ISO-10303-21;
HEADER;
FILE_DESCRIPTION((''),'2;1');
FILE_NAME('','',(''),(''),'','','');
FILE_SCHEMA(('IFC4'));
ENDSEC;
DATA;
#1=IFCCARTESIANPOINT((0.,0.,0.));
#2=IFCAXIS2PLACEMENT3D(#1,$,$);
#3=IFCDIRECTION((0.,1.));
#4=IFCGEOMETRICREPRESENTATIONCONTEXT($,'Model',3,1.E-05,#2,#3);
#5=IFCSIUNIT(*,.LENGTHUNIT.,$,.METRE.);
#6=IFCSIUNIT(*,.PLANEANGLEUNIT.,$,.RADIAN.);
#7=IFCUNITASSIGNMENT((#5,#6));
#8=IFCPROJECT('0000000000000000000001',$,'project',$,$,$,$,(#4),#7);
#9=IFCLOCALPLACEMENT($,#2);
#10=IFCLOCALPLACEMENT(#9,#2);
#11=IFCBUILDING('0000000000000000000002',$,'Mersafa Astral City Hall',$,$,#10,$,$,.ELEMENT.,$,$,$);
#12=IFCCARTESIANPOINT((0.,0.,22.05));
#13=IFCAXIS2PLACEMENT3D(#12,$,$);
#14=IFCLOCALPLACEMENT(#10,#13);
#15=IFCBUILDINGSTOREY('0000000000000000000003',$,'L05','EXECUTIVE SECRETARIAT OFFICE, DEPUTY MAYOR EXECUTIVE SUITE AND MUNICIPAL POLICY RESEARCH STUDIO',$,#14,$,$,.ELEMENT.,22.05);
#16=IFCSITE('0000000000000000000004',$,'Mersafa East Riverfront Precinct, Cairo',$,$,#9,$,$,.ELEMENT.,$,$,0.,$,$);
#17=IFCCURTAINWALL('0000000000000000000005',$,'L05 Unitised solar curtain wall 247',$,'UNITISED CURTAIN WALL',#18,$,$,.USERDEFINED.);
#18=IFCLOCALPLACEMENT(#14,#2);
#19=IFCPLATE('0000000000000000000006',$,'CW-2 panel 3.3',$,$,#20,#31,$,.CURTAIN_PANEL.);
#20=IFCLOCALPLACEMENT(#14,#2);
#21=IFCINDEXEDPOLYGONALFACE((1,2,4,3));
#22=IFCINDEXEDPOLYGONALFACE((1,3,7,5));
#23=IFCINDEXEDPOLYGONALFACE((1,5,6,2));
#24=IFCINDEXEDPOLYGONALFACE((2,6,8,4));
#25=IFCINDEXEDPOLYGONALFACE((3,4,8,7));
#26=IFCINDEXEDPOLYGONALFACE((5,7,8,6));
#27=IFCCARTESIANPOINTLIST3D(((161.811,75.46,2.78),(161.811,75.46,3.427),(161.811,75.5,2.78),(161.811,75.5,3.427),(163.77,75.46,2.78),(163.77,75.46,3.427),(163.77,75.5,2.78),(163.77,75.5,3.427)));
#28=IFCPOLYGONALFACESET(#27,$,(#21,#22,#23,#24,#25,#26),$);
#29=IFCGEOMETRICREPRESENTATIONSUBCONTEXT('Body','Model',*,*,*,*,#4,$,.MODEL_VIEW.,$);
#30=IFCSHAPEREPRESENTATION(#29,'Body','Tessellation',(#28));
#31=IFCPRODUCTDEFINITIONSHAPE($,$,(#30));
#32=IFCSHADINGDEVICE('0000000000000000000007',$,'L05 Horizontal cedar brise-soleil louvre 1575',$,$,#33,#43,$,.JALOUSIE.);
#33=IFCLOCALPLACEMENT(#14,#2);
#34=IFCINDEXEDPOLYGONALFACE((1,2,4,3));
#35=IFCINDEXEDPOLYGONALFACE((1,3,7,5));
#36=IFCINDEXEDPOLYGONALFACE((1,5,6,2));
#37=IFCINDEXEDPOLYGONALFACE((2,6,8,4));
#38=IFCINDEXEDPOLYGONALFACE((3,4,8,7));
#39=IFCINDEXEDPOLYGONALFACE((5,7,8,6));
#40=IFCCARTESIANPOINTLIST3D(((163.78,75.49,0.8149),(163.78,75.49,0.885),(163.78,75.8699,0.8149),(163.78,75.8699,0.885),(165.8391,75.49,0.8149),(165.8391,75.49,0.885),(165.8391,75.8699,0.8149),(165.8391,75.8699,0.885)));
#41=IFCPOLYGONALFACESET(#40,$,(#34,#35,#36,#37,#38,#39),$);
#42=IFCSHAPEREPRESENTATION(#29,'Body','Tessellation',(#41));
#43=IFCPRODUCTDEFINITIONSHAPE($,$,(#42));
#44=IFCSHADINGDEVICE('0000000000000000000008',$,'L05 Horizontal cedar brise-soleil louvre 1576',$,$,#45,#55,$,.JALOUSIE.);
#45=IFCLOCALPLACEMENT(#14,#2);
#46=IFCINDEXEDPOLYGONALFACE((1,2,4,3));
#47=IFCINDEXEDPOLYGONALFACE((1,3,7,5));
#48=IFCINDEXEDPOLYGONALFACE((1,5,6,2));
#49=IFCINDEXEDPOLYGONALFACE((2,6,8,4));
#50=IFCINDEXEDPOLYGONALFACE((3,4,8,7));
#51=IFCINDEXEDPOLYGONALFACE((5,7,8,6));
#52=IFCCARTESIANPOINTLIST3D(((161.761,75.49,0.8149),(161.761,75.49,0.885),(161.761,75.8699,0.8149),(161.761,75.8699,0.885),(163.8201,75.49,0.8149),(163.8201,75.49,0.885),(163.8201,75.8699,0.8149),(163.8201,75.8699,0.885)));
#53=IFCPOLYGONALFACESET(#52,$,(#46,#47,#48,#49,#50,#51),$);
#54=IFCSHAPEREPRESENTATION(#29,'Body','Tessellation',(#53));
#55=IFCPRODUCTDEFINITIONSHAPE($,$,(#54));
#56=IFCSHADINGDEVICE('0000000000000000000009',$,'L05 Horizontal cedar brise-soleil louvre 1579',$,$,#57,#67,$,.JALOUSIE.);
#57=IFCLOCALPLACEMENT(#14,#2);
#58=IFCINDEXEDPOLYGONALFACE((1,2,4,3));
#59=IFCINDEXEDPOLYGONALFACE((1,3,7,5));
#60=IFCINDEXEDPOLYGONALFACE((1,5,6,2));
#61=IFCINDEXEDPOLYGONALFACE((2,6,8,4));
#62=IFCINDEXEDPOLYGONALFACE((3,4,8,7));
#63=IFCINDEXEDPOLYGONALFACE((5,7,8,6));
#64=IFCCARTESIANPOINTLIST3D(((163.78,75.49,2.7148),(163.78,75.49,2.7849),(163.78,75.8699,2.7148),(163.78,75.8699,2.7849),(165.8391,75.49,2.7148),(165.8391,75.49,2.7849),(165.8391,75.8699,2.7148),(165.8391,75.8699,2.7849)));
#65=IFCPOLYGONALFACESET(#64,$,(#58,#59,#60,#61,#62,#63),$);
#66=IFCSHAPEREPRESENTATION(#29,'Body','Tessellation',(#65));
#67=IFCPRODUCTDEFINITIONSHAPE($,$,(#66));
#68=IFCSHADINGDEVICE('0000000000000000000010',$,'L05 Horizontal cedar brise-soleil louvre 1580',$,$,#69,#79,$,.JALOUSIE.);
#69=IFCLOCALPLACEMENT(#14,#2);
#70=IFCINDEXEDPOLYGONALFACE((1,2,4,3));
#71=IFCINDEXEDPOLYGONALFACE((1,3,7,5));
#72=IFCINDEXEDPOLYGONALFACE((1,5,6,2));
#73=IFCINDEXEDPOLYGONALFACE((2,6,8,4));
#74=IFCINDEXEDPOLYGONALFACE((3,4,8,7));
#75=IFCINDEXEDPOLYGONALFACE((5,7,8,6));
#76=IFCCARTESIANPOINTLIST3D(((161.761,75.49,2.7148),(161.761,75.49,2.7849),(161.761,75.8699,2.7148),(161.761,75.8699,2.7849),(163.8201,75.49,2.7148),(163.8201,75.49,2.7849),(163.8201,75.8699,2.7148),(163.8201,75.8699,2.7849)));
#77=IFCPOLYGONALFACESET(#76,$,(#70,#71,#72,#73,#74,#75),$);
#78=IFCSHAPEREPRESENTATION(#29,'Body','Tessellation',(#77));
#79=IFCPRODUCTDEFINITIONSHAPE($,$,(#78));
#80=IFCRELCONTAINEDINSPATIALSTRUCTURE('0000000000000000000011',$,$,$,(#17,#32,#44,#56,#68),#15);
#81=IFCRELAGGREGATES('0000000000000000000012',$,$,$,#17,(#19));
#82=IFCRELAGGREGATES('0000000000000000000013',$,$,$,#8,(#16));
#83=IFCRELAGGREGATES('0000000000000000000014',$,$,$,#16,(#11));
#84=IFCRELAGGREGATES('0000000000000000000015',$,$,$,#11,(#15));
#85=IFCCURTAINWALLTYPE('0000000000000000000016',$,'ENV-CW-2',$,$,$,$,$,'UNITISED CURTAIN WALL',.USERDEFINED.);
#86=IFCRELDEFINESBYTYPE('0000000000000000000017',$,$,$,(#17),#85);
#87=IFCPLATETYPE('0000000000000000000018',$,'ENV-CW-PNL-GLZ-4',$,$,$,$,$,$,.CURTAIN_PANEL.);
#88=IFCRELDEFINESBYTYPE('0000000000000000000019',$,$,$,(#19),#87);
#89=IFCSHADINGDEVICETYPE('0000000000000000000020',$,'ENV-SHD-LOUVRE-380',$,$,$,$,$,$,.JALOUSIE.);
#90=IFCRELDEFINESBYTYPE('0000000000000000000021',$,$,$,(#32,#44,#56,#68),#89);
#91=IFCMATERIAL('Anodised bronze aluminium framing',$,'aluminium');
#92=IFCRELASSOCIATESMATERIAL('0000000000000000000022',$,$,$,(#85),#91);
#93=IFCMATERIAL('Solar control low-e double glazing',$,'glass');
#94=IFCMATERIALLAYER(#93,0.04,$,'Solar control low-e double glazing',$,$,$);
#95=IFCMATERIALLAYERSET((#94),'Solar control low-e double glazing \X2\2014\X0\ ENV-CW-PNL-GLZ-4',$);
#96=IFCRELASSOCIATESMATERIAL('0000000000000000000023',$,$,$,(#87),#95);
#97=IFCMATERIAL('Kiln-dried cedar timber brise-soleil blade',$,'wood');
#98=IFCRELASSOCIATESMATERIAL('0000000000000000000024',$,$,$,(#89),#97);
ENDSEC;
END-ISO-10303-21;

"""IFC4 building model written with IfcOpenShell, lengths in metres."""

from ifc_helpers import new_model, si_unit, direction, frame, origin, origin_2d, place, context, subcontext, project, spatial, rectangle, extrude, material, layer, layer_set, type_object, element, aggregate, save


model = new_model("IFC4")

# Units and contexts
model_context = context("Model", 3, precision=1e-05, world=origin(), true_north=direction((0.0, 1.0)))
body_context = subcontext(model_context, "Body", "Model", "MODEL_VIEW")
ifc_project = project(units=[si_unit("LENGTHUNIT", "METRE"), si_unit("PLANEANGLEUNIT", "RADIAN")], contexts=[model_context])

# Site, building, storey
site_placement = place(None, origin())
site = spatial("IfcSite", under=ifc_project, at=site_placement, Name="Mersafa East Riverfront Precinct, Cairo", CompositionType="ELEMENT", RefElevation=0.0)
building_placement = place(site_placement, origin())
building = spatial("IfcBuilding", under=site, at=building_placement, Name="Mersafa Astral City Hall", CompositionType="ELEMENT")
storey_placement = place(building_placement, frame((0.0, 0.0, 22.05)))
storey = spatial("IfcBuildingStorey", under=building, at=storey_placement, Name="L05", Description="EXECUTIVE SECRETARIAT OFFICE, DEPUTY MAYOR EXECUTIVE SUITE AND MUNICIPAL POLICY RESEARCH STUDIO", CompositionType="ELEMENT", Elevation=22.05)

# Curtain wall
ifc_material_1 = material(Name="Anodised bronze aluminium framing", Category="aluminium")
curtain_wall_type = type_object("IfcCurtainWallType", Name="ENV-CW-2", ElementType="UNITISED CURTAIN WALL", PredefinedType="USERDEFINED", material=ifc_material_1)
curtain_wall_placement = place(storey_placement, origin())
curtain_wall = element("IfcCurtainWall", 1, at=curtain_wall_placement, inside=storey, type_object=curtain_wall_type, Name="L05 Unitised solar curtain wall 247", ObjectType="UNITISED CURTAIN WALL", PredefinedType="USERDEFINED")

# Plate
ifc_material_2 = material(Name="Solar control low-e double glazing", Category="glass")
ifc_layer = layer(ifc_material_2, 0.04, Name="Solar control low-e double glazing")
ifc_layer_set = layer_set([ifc_layer], Name="Solar control low-e double glazing — ENV-CW-PNL-GLZ-4")
plate_type = type_object("IfcPlateType", Name="ENV-CW-PNL-GLZ-4", PredefinedType="CURTAIN_PANEL", material=ifc_layer_set)
plate_1_placement = place(storey_placement, frame((162.7905, 75.48, 2.78), z_axis=(0.0, 0.0, 1.0), x_axis=(-1.0, 0.0, 0.0)))
plate_1 = element("IfcPlate", 2, at=plate_1_placement, type_object=plate_type, Name="CW-2 panel 3.3", PredefinedType="CURTAIN_PANEL", context=body_context, shape_type="SweptSolid", body=[
    extrude(rectangle(XDim=1.959, YDim=0.04, at=origin_2d()), origin(), (0.0, 0.0, 1.0), 0.647),
])
aggregate(curtain_wall, [plate_1])

# Shading devices
ifc_material_3 = material(Name="Kiln-dried cedar timber brise-soleil blade", Category="wood")
shading_device_type = type_object("IfcShadingDeviceType", Name="ENV-SHD-LOUVRE-380", PredefinedType="JALOUSIE", material=ifc_material_3)
for number, where, z_axis, x_axis, name in (
    (3, (164.8096, 75.6799, 0.8149), (0.0, 0.0, 1.0), (-1.0, 0.0, 0.0), "L05 Horizontal cedar brise-soleil louvre 1575"),
    (4, (162.7905, 75.6799, 0.8149), (0.0, 0.0, 1.0), (-1.0, 0.0, 0.0), "L05 Horizontal cedar brise-soleil louvre 1576"),
    (5, (164.8096, 75.6799, 2.7148), (0.0, 0.0, 1.0), (-1.0, 0.0, 0.0), "L05 Horizontal cedar brise-soleil louvre 1579"),
    (6, (162.7905, 75.6799, 2.7148), (0.0, 0.0, 1.0), (-1.0, 0.0, 0.0), "L05 Horizontal cedar brise-soleil louvre 1580"),
):
    element("IfcShadingDevice", number, at=place(storey_placement, frame(where, z_axis=z_axis, x_axis=x_axis)), inside=storey, type_object=shading_device_type, Name=name, PredefinedType="JALOUSIE", context=body_context, shape_type="SweptSolid", body=[
        extrude(rectangle(XDim=2.0591, YDim=0.3799, at=origin_2d()), origin(), (0.0, 0.0, 1.0), 0.0701),
    ])

save(model, "model.ifc")
